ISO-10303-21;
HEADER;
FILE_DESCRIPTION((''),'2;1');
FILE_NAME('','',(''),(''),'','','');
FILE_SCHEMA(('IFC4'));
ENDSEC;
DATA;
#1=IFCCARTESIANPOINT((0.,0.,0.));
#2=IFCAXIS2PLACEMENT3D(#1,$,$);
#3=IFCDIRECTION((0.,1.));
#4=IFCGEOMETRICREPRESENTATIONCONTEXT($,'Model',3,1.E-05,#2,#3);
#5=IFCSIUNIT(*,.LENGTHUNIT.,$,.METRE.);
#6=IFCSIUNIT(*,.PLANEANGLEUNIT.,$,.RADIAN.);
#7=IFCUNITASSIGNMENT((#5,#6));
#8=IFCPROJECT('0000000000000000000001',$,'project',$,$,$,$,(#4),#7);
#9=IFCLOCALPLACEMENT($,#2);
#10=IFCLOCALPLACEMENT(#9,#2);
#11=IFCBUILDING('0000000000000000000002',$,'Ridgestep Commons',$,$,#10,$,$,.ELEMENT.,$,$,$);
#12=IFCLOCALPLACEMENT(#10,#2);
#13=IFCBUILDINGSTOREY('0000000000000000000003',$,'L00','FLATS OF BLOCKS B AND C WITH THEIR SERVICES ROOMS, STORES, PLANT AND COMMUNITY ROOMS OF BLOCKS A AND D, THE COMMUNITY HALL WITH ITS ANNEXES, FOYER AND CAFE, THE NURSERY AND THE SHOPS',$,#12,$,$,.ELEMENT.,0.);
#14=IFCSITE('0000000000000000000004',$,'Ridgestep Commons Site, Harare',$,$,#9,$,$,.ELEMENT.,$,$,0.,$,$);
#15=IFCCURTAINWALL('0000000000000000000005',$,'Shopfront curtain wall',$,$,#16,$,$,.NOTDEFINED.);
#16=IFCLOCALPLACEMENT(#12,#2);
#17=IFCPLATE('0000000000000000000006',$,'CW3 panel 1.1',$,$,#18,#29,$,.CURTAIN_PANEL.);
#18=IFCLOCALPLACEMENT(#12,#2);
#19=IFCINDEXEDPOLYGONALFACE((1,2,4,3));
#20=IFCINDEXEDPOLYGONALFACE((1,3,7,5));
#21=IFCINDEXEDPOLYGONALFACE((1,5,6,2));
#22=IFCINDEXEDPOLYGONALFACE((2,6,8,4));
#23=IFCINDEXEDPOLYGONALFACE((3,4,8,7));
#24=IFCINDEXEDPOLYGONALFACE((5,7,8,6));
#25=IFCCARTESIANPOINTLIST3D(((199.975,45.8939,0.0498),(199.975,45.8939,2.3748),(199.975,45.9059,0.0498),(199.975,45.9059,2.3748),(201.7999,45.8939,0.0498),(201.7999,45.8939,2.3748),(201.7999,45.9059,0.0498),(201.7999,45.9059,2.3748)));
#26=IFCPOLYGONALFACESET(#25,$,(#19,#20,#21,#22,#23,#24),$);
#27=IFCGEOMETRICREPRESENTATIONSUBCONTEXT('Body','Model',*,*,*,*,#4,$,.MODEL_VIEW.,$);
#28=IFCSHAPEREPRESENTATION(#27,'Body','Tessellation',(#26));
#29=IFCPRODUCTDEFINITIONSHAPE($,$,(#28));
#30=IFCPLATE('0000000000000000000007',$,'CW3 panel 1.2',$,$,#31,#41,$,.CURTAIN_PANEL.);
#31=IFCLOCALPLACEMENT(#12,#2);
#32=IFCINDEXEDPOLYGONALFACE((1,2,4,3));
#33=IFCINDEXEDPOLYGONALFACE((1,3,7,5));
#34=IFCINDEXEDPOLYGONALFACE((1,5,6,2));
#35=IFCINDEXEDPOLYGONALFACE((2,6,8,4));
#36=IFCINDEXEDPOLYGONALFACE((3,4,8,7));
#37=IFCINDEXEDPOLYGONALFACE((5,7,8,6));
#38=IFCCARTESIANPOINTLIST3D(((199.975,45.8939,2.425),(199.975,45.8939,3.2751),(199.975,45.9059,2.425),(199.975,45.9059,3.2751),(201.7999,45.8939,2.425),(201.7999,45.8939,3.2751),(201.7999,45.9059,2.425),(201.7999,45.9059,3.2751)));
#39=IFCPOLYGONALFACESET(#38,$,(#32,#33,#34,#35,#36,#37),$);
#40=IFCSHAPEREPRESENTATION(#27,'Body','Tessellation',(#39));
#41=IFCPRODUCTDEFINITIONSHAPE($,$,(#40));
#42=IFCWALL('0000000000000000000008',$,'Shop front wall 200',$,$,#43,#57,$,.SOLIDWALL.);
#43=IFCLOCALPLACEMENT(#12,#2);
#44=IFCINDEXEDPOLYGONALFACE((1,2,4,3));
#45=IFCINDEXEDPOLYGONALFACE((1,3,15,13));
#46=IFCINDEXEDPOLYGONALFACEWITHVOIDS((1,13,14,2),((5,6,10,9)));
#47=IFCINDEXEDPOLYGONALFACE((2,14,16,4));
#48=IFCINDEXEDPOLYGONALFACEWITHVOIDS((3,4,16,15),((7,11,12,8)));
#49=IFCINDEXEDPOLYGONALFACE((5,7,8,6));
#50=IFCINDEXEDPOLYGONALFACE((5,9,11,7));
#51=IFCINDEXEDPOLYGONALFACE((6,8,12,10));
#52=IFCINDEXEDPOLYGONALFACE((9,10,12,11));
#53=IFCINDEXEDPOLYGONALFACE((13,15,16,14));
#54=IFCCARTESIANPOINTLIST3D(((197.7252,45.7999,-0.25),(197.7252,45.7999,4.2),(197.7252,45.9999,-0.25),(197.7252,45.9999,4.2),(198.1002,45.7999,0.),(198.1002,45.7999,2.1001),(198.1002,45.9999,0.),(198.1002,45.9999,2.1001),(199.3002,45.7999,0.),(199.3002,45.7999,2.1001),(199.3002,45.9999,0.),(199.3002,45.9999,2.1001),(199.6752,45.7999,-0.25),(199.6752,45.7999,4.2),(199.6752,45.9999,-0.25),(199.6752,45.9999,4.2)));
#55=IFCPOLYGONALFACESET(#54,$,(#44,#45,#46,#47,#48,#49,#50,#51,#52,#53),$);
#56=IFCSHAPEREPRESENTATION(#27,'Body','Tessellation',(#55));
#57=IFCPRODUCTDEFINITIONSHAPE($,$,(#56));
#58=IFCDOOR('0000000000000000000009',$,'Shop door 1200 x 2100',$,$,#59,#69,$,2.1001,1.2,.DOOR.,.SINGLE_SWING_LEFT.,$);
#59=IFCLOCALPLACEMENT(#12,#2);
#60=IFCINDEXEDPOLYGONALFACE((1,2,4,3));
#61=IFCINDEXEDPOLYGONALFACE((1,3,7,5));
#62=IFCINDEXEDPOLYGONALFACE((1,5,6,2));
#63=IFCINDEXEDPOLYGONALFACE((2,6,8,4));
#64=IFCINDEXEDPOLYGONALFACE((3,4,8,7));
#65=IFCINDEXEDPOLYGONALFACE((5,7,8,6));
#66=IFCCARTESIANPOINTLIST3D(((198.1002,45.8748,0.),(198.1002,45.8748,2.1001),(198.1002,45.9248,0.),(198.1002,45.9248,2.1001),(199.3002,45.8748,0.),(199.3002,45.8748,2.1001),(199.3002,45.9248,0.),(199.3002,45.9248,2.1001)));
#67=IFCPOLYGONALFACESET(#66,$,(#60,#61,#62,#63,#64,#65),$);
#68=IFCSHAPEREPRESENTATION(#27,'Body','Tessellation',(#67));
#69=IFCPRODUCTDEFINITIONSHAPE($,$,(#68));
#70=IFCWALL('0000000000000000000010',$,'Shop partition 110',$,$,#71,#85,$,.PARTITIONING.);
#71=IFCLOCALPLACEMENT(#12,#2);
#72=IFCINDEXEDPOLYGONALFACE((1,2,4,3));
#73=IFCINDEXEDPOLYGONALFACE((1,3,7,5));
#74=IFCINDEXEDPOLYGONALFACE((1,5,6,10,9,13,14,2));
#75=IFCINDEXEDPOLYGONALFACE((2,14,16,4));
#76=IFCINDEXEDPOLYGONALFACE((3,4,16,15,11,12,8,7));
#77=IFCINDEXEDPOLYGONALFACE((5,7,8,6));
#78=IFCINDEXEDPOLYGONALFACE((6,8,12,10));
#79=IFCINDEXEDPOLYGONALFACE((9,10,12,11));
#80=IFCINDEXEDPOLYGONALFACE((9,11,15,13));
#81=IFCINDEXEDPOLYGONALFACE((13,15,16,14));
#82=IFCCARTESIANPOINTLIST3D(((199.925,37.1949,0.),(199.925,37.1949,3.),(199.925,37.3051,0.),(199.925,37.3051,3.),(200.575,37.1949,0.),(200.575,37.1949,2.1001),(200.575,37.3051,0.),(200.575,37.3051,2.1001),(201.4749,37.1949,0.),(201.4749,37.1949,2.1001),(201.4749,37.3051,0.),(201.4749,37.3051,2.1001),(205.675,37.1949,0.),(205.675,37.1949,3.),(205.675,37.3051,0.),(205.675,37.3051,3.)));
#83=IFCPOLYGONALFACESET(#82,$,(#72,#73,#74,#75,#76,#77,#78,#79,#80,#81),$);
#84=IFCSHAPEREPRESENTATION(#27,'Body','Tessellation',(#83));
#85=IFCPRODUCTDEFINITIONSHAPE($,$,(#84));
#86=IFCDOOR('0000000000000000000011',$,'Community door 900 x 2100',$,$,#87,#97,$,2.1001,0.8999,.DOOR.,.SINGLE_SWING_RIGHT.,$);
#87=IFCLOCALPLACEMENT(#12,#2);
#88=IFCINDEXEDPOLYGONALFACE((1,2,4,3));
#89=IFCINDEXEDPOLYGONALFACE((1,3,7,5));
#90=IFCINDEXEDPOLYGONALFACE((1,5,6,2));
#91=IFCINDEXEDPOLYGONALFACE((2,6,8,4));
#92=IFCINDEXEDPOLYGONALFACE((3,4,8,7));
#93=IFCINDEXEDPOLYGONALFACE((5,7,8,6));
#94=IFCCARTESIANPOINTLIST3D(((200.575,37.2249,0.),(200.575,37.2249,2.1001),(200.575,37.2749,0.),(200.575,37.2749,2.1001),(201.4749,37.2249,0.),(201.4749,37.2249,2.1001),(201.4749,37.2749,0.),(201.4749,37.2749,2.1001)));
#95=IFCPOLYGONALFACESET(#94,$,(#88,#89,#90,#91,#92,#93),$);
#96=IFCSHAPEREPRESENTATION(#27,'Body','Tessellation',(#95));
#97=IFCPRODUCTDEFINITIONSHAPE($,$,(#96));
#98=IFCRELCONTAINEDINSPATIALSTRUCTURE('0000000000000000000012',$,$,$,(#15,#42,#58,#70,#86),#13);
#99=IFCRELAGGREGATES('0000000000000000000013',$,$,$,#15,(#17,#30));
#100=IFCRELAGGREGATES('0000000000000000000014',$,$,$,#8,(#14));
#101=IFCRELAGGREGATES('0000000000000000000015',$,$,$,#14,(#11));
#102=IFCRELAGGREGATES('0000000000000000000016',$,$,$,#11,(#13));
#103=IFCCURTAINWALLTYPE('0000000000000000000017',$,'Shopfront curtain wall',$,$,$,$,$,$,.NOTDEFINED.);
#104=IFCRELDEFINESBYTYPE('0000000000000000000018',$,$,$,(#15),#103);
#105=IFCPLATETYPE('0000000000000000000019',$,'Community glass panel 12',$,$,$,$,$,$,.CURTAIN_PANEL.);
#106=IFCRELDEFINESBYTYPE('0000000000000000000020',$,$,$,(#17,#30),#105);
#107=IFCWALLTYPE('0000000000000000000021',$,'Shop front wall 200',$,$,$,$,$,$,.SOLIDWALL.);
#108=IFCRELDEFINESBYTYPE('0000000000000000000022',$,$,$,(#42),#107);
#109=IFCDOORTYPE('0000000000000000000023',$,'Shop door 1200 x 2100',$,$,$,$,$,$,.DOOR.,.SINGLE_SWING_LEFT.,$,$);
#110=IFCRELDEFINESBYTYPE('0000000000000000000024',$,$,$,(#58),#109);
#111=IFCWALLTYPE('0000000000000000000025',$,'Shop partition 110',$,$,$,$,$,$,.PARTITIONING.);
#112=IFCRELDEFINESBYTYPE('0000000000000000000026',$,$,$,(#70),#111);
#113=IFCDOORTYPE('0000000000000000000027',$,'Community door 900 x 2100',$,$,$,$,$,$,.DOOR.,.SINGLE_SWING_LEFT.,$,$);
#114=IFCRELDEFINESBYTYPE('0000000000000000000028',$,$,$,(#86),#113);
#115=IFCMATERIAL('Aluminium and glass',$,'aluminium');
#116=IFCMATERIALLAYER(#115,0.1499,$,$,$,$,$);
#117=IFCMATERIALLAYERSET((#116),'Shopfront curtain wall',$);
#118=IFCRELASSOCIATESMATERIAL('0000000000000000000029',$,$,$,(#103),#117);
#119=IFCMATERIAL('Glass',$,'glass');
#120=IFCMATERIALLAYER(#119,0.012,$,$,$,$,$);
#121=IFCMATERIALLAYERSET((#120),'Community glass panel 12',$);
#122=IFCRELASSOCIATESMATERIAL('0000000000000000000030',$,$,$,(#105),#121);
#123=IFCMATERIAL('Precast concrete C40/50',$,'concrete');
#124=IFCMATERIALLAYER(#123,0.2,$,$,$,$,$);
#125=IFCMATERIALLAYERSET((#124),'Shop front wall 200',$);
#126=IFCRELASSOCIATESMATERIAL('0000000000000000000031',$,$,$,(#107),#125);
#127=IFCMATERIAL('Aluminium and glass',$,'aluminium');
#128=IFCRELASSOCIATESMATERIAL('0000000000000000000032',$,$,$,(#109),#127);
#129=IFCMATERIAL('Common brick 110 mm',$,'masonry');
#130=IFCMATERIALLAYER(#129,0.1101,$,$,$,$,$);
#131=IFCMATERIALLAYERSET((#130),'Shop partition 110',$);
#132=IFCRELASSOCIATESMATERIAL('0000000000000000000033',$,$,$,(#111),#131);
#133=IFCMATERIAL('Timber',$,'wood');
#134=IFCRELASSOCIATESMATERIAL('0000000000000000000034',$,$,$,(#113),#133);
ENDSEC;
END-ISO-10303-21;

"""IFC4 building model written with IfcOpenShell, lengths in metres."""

from ifc_helpers import new_model, si_unit, direction, frame, frame_2d, origin, origin_2d, place, context, subcontext, project, spatial, rectangle, extrude, material, layer, layer_set, type_object, element, fill, aggregate, save


model = new_model("IFC4")

# Units and contexts
model_context = context("Model", 3, precision=1e-05, world=origin(), true_north=direction((0.0, 1.0)))
body_context = subcontext(model_context, "Body", "Model", "MODEL_VIEW")
ifc_project = project(units=[si_unit("LENGTHUNIT", "METRE"), si_unit("PLANEANGLEUNIT", "RADIAN")], contexts=[model_context])

# Site, building, storey
site_placement = place(None, origin())
site = spatial("IfcSite", under=ifc_project, at=site_placement, Name="Ridgestep Commons Site, Harare", CompositionType="ELEMENT", RefElevation=0.0)
building_placement = place(site_placement, origin())
building = spatial("IfcBuilding", under=site, at=building_placement, Name="Ridgestep Commons", CompositionType="ELEMENT")
storey_placement = place(building_placement, origin())
storey = spatial("IfcBuildingStorey", under=building, at=storey_placement, Name="L00", Description="FLATS OF BLOCKS B AND C WITH THEIR SERVICES ROOMS, STORES, PLANT AND COMMUNITY ROOMS OF BLOCKS A AND D, THE COMMUNITY HALL WITH ITS ANNEXES, FOYER AND CAFE, THE NURSERY AND THE SHOPS", CompositionType="ELEMENT", Elevation=0.0)

# Shared definitions
ifc_material_1 = material(Name="Aluminium and glass", Category="aluminium")
ifc_layer_1 = layer(ifc_material_1, 0.1499)
ifc_layer_set_1 = layer_set([ifc_layer_1], Name="Shopfront curtain wall")
curtain_wall_type = type_object("IfcCurtainWallType", Name="Shopfront curtain wall", PredefinedType="NOTDEFINED", material=ifc_layer_set_1)

# Curtain wall
curtain_wall_1_placement = place(storey_placement, origin())
curtain_wall_1 = element("IfcCurtainWall", 1, at=curtain_wall_1_placement, inside=storey, type_object=curtain_wall_type, Name="Shopfront curtain wall", PredefinedType="NOTDEFINED")

# Plates
ifc_material_2 = material(Name="Glass", Category="glass")
ifc_layer_2 = layer(ifc_material_2, 0.012)
ifc_layer_set_2 = layer_set([ifc_layer_2], Name="Community glass panel 12")
plate_type = type_object("IfcPlateType", Name="Community glass panel 12", PredefinedType="CURTAIN_PANEL", material=ifc_layer_set_2)
plate_1_placement = place(storey_placement, frame((200.8875, 45.8999, 0.0498), z_axis=(0.0, 0.0, 1.0), x_axis=(1.0, 0.0, 0.0)))
plate_1 = element("IfcPlate", 2, at=plate_1_placement, type_object=plate_type, Name="CW3 panel 1.1", PredefinedType="CURTAIN_PANEL", context=body_context, shape_type="SweptSolid", body=[
    extrude(rectangle(XDim=1.825, YDim=0.012, at=origin_2d()), origin(), (0.0, 0.0, 1.0), 2.325),
])
plate_2_placement = place(storey_placement, frame((200.8875, 45.8999, 2.425), z_axis=(0.0, 0.0, 1.0), x_axis=(1.0, 0.0, 0.0)))
plate_2 = element("IfcPlate", 3, at=plate_2_placement, type_object=plate_type, Name="CW3 panel 1.2", PredefinedType="CURTAIN_PANEL", context=body_context, shape_type="SweptSolid", body=[
    extrude(rectangle(XDim=1.825, YDim=0.012, at=origin_2d()), origin(), (0.0, 0.0, 1.0), 0.8501),
])
aggregate(curtain_wall_1, [plate_1, plate_2])

# Walls, openings, doors
ifc_material_3 = material(Name="Precast concrete C40/50", Category="concrete")
ifc_layer_3 = layer(ifc_material_3, 0.2)
ifc_layer_set_3 = layer_set([ifc_layer_3], Name="Shop front wall 200")
wall_type_1 = type_object("IfcWallType", Name="Shop front wall 200", PredefinedType="SOLIDWALL", material=ifc_layer_set_3)
wall_1_placement = place(storey_placement, frame((197.7251, 45.8999, -0.25), z_axis=(0.0, 0.0, 1.0), x_axis=(1.0, 0.0, 0.0)))
wall_1 = element("IfcWall", 4, at=wall_1_placement, inside=storey, type_object=wall_type_1, Name="Shop front wall 200", PredefinedType="SOLIDWALL", context=body_context, shape_type="SweptSolid", body=[
    extrude(rectangle(XDim=1.95, YDim=0.2, at=frame_2d((0.9751, 0.0))), origin(), (0.0, 0.0, 1.0), 4.45),
])
opening_1_placement = place(wall_1_placement, frame((0.375, 0.0, 0.25)))
opening_1 = element("IfcOpeningElement", 5, at=opening_1_placement, cuts=wall_1, PredefinedType="OPENING", context=body_context, shape_type="SweptSolid", body=[
    extrude(rectangle(XDim=1.2, YDim=2.1001, at=frame_2d((0.6001, 1.05))), frame((0.0, 0.1099, 0.0), z_axis=(0.0, -1.0, 0.0), x_axis=(1.0, 0.0, 0.0)), (0.0, 0.0, 1.0), 0.22),
])
ifc_material_4 = material(Name="Aluminium and glass", Category="aluminium")
door_type_1 = type_object("IfcDoorType", Name="Shop door 1200 x 2100", OperationType="SINGLE_SWING_LEFT", PredefinedType="DOOR", material=ifc_material_4)
door_1_placement = place(opening_1_placement, origin())
door_1 = element("IfcDoor", 6, at=door_1_placement, inside=storey, type_object=door_type_1, Name="Shop door 1200 x 2100", OperationType="SINGLE_SWING_LEFT", OverallHeight=2.1001, OverallWidth=1.2, PredefinedType="DOOR", context=body_context, shape_type="SweptSolid", body=[
    extrude(rectangle(XDim=1.2, YDim=2.1001, at=frame_2d((0.6001, 1.05))), frame((0.0, 0.0249, 0.0), z_axis=(0.0, -1.0, 0.0), x_axis=(1.0, 0.0, 0.0)), (0.0, 0.0, 1.0), 0.05),
])
fill(opening_1, door_1)
ifc_material_5 = material(Name="Common brick 110 mm", Category="masonry")
ifc_layer_4 = layer(ifc_material_5, 0.1101)
ifc_layer_set_4 = layer_set([ifc_layer_4], Name="Shop partition 110")
wall_type_2 = type_object("IfcWallType", Name="Shop partition 110", PredefinedType="PARTITIONING", material=ifc_layer_set_4)
wall_2_placement = place(storey_placement, frame((199.925, 37.25, 0.0), z_axis=(0.0, 0.0, 1.0), x_axis=(1.0, 0.0, 0.0)))
wall_2 = element("IfcWall", 7, at=wall_2_placement, inside=storey, type_object=wall_type_2, Name="Shop partition 110", PredefinedType="PARTITIONING", context=body_context, shape_type="SweptSolid", body=[
    extrude(rectangle(XDim=5.75, YDim=0.1101, at=frame_2d((2.875, 0.0))), origin(), (0.0, 0.0, 1.0), 3.0),
])
opening_2_placement = place(wall_2_placement, frame((0.6499, 0.0, 0.0)))
opening_2 = element("IfcOpeningElement", 8, at=opening_2_placement, cuts=wall_2, PredefinedType="OPENING", context=body_context, shape_type="SweptSolid", body=[
    extrude(rectangle(XDim=0.8999, YDim=2.1001, at=frame_2d((0.45, 1.05))), frame((0.0, 0.0649, 0.0), z_axis=(0.0, -1.0, 0.0), x_axis=(1.0, 0.0, 0.0)), (0.0, 0.0, 1.0), 0.1301),
])
ifc_material_6 = material(Name="Timber", Category="wood")
door_type_2 = type_object("IfcDoorType", Name="Community door 900 x 2100", OperationType="SINGLE_SWING_LEFT", PredefinedType="DOOR", material=ifc_material_6)
door_2_placement = place(opening_2_placement, origin())
door_2 = element("IfcDoor", 9, at=door_2_placement, inside=storey, type_object=door_type_2, Name="Community door 900 x 2100", OperationType="SINGLE_SWING_RIGHT", OverallHeight=2.1001, OverallWidth=0.8999, PredefinedType="DOOR", context=body_context, shape_type="SweptSolid", body=[
    extrude(rectangle(XDim=0.8999, YDim=2.1001, at=frame_2d((0.45, 1.05))), frame((0.0, 0.0249, 0.0), z_axis=(0.0, -1.0, 0.0), x_axis=(1.0, 0.0, 0.0)), (0.0, 0.0, 1.0), 0.05),
])
fill(opening_2, door_2)

save(model, "model.ifc")
